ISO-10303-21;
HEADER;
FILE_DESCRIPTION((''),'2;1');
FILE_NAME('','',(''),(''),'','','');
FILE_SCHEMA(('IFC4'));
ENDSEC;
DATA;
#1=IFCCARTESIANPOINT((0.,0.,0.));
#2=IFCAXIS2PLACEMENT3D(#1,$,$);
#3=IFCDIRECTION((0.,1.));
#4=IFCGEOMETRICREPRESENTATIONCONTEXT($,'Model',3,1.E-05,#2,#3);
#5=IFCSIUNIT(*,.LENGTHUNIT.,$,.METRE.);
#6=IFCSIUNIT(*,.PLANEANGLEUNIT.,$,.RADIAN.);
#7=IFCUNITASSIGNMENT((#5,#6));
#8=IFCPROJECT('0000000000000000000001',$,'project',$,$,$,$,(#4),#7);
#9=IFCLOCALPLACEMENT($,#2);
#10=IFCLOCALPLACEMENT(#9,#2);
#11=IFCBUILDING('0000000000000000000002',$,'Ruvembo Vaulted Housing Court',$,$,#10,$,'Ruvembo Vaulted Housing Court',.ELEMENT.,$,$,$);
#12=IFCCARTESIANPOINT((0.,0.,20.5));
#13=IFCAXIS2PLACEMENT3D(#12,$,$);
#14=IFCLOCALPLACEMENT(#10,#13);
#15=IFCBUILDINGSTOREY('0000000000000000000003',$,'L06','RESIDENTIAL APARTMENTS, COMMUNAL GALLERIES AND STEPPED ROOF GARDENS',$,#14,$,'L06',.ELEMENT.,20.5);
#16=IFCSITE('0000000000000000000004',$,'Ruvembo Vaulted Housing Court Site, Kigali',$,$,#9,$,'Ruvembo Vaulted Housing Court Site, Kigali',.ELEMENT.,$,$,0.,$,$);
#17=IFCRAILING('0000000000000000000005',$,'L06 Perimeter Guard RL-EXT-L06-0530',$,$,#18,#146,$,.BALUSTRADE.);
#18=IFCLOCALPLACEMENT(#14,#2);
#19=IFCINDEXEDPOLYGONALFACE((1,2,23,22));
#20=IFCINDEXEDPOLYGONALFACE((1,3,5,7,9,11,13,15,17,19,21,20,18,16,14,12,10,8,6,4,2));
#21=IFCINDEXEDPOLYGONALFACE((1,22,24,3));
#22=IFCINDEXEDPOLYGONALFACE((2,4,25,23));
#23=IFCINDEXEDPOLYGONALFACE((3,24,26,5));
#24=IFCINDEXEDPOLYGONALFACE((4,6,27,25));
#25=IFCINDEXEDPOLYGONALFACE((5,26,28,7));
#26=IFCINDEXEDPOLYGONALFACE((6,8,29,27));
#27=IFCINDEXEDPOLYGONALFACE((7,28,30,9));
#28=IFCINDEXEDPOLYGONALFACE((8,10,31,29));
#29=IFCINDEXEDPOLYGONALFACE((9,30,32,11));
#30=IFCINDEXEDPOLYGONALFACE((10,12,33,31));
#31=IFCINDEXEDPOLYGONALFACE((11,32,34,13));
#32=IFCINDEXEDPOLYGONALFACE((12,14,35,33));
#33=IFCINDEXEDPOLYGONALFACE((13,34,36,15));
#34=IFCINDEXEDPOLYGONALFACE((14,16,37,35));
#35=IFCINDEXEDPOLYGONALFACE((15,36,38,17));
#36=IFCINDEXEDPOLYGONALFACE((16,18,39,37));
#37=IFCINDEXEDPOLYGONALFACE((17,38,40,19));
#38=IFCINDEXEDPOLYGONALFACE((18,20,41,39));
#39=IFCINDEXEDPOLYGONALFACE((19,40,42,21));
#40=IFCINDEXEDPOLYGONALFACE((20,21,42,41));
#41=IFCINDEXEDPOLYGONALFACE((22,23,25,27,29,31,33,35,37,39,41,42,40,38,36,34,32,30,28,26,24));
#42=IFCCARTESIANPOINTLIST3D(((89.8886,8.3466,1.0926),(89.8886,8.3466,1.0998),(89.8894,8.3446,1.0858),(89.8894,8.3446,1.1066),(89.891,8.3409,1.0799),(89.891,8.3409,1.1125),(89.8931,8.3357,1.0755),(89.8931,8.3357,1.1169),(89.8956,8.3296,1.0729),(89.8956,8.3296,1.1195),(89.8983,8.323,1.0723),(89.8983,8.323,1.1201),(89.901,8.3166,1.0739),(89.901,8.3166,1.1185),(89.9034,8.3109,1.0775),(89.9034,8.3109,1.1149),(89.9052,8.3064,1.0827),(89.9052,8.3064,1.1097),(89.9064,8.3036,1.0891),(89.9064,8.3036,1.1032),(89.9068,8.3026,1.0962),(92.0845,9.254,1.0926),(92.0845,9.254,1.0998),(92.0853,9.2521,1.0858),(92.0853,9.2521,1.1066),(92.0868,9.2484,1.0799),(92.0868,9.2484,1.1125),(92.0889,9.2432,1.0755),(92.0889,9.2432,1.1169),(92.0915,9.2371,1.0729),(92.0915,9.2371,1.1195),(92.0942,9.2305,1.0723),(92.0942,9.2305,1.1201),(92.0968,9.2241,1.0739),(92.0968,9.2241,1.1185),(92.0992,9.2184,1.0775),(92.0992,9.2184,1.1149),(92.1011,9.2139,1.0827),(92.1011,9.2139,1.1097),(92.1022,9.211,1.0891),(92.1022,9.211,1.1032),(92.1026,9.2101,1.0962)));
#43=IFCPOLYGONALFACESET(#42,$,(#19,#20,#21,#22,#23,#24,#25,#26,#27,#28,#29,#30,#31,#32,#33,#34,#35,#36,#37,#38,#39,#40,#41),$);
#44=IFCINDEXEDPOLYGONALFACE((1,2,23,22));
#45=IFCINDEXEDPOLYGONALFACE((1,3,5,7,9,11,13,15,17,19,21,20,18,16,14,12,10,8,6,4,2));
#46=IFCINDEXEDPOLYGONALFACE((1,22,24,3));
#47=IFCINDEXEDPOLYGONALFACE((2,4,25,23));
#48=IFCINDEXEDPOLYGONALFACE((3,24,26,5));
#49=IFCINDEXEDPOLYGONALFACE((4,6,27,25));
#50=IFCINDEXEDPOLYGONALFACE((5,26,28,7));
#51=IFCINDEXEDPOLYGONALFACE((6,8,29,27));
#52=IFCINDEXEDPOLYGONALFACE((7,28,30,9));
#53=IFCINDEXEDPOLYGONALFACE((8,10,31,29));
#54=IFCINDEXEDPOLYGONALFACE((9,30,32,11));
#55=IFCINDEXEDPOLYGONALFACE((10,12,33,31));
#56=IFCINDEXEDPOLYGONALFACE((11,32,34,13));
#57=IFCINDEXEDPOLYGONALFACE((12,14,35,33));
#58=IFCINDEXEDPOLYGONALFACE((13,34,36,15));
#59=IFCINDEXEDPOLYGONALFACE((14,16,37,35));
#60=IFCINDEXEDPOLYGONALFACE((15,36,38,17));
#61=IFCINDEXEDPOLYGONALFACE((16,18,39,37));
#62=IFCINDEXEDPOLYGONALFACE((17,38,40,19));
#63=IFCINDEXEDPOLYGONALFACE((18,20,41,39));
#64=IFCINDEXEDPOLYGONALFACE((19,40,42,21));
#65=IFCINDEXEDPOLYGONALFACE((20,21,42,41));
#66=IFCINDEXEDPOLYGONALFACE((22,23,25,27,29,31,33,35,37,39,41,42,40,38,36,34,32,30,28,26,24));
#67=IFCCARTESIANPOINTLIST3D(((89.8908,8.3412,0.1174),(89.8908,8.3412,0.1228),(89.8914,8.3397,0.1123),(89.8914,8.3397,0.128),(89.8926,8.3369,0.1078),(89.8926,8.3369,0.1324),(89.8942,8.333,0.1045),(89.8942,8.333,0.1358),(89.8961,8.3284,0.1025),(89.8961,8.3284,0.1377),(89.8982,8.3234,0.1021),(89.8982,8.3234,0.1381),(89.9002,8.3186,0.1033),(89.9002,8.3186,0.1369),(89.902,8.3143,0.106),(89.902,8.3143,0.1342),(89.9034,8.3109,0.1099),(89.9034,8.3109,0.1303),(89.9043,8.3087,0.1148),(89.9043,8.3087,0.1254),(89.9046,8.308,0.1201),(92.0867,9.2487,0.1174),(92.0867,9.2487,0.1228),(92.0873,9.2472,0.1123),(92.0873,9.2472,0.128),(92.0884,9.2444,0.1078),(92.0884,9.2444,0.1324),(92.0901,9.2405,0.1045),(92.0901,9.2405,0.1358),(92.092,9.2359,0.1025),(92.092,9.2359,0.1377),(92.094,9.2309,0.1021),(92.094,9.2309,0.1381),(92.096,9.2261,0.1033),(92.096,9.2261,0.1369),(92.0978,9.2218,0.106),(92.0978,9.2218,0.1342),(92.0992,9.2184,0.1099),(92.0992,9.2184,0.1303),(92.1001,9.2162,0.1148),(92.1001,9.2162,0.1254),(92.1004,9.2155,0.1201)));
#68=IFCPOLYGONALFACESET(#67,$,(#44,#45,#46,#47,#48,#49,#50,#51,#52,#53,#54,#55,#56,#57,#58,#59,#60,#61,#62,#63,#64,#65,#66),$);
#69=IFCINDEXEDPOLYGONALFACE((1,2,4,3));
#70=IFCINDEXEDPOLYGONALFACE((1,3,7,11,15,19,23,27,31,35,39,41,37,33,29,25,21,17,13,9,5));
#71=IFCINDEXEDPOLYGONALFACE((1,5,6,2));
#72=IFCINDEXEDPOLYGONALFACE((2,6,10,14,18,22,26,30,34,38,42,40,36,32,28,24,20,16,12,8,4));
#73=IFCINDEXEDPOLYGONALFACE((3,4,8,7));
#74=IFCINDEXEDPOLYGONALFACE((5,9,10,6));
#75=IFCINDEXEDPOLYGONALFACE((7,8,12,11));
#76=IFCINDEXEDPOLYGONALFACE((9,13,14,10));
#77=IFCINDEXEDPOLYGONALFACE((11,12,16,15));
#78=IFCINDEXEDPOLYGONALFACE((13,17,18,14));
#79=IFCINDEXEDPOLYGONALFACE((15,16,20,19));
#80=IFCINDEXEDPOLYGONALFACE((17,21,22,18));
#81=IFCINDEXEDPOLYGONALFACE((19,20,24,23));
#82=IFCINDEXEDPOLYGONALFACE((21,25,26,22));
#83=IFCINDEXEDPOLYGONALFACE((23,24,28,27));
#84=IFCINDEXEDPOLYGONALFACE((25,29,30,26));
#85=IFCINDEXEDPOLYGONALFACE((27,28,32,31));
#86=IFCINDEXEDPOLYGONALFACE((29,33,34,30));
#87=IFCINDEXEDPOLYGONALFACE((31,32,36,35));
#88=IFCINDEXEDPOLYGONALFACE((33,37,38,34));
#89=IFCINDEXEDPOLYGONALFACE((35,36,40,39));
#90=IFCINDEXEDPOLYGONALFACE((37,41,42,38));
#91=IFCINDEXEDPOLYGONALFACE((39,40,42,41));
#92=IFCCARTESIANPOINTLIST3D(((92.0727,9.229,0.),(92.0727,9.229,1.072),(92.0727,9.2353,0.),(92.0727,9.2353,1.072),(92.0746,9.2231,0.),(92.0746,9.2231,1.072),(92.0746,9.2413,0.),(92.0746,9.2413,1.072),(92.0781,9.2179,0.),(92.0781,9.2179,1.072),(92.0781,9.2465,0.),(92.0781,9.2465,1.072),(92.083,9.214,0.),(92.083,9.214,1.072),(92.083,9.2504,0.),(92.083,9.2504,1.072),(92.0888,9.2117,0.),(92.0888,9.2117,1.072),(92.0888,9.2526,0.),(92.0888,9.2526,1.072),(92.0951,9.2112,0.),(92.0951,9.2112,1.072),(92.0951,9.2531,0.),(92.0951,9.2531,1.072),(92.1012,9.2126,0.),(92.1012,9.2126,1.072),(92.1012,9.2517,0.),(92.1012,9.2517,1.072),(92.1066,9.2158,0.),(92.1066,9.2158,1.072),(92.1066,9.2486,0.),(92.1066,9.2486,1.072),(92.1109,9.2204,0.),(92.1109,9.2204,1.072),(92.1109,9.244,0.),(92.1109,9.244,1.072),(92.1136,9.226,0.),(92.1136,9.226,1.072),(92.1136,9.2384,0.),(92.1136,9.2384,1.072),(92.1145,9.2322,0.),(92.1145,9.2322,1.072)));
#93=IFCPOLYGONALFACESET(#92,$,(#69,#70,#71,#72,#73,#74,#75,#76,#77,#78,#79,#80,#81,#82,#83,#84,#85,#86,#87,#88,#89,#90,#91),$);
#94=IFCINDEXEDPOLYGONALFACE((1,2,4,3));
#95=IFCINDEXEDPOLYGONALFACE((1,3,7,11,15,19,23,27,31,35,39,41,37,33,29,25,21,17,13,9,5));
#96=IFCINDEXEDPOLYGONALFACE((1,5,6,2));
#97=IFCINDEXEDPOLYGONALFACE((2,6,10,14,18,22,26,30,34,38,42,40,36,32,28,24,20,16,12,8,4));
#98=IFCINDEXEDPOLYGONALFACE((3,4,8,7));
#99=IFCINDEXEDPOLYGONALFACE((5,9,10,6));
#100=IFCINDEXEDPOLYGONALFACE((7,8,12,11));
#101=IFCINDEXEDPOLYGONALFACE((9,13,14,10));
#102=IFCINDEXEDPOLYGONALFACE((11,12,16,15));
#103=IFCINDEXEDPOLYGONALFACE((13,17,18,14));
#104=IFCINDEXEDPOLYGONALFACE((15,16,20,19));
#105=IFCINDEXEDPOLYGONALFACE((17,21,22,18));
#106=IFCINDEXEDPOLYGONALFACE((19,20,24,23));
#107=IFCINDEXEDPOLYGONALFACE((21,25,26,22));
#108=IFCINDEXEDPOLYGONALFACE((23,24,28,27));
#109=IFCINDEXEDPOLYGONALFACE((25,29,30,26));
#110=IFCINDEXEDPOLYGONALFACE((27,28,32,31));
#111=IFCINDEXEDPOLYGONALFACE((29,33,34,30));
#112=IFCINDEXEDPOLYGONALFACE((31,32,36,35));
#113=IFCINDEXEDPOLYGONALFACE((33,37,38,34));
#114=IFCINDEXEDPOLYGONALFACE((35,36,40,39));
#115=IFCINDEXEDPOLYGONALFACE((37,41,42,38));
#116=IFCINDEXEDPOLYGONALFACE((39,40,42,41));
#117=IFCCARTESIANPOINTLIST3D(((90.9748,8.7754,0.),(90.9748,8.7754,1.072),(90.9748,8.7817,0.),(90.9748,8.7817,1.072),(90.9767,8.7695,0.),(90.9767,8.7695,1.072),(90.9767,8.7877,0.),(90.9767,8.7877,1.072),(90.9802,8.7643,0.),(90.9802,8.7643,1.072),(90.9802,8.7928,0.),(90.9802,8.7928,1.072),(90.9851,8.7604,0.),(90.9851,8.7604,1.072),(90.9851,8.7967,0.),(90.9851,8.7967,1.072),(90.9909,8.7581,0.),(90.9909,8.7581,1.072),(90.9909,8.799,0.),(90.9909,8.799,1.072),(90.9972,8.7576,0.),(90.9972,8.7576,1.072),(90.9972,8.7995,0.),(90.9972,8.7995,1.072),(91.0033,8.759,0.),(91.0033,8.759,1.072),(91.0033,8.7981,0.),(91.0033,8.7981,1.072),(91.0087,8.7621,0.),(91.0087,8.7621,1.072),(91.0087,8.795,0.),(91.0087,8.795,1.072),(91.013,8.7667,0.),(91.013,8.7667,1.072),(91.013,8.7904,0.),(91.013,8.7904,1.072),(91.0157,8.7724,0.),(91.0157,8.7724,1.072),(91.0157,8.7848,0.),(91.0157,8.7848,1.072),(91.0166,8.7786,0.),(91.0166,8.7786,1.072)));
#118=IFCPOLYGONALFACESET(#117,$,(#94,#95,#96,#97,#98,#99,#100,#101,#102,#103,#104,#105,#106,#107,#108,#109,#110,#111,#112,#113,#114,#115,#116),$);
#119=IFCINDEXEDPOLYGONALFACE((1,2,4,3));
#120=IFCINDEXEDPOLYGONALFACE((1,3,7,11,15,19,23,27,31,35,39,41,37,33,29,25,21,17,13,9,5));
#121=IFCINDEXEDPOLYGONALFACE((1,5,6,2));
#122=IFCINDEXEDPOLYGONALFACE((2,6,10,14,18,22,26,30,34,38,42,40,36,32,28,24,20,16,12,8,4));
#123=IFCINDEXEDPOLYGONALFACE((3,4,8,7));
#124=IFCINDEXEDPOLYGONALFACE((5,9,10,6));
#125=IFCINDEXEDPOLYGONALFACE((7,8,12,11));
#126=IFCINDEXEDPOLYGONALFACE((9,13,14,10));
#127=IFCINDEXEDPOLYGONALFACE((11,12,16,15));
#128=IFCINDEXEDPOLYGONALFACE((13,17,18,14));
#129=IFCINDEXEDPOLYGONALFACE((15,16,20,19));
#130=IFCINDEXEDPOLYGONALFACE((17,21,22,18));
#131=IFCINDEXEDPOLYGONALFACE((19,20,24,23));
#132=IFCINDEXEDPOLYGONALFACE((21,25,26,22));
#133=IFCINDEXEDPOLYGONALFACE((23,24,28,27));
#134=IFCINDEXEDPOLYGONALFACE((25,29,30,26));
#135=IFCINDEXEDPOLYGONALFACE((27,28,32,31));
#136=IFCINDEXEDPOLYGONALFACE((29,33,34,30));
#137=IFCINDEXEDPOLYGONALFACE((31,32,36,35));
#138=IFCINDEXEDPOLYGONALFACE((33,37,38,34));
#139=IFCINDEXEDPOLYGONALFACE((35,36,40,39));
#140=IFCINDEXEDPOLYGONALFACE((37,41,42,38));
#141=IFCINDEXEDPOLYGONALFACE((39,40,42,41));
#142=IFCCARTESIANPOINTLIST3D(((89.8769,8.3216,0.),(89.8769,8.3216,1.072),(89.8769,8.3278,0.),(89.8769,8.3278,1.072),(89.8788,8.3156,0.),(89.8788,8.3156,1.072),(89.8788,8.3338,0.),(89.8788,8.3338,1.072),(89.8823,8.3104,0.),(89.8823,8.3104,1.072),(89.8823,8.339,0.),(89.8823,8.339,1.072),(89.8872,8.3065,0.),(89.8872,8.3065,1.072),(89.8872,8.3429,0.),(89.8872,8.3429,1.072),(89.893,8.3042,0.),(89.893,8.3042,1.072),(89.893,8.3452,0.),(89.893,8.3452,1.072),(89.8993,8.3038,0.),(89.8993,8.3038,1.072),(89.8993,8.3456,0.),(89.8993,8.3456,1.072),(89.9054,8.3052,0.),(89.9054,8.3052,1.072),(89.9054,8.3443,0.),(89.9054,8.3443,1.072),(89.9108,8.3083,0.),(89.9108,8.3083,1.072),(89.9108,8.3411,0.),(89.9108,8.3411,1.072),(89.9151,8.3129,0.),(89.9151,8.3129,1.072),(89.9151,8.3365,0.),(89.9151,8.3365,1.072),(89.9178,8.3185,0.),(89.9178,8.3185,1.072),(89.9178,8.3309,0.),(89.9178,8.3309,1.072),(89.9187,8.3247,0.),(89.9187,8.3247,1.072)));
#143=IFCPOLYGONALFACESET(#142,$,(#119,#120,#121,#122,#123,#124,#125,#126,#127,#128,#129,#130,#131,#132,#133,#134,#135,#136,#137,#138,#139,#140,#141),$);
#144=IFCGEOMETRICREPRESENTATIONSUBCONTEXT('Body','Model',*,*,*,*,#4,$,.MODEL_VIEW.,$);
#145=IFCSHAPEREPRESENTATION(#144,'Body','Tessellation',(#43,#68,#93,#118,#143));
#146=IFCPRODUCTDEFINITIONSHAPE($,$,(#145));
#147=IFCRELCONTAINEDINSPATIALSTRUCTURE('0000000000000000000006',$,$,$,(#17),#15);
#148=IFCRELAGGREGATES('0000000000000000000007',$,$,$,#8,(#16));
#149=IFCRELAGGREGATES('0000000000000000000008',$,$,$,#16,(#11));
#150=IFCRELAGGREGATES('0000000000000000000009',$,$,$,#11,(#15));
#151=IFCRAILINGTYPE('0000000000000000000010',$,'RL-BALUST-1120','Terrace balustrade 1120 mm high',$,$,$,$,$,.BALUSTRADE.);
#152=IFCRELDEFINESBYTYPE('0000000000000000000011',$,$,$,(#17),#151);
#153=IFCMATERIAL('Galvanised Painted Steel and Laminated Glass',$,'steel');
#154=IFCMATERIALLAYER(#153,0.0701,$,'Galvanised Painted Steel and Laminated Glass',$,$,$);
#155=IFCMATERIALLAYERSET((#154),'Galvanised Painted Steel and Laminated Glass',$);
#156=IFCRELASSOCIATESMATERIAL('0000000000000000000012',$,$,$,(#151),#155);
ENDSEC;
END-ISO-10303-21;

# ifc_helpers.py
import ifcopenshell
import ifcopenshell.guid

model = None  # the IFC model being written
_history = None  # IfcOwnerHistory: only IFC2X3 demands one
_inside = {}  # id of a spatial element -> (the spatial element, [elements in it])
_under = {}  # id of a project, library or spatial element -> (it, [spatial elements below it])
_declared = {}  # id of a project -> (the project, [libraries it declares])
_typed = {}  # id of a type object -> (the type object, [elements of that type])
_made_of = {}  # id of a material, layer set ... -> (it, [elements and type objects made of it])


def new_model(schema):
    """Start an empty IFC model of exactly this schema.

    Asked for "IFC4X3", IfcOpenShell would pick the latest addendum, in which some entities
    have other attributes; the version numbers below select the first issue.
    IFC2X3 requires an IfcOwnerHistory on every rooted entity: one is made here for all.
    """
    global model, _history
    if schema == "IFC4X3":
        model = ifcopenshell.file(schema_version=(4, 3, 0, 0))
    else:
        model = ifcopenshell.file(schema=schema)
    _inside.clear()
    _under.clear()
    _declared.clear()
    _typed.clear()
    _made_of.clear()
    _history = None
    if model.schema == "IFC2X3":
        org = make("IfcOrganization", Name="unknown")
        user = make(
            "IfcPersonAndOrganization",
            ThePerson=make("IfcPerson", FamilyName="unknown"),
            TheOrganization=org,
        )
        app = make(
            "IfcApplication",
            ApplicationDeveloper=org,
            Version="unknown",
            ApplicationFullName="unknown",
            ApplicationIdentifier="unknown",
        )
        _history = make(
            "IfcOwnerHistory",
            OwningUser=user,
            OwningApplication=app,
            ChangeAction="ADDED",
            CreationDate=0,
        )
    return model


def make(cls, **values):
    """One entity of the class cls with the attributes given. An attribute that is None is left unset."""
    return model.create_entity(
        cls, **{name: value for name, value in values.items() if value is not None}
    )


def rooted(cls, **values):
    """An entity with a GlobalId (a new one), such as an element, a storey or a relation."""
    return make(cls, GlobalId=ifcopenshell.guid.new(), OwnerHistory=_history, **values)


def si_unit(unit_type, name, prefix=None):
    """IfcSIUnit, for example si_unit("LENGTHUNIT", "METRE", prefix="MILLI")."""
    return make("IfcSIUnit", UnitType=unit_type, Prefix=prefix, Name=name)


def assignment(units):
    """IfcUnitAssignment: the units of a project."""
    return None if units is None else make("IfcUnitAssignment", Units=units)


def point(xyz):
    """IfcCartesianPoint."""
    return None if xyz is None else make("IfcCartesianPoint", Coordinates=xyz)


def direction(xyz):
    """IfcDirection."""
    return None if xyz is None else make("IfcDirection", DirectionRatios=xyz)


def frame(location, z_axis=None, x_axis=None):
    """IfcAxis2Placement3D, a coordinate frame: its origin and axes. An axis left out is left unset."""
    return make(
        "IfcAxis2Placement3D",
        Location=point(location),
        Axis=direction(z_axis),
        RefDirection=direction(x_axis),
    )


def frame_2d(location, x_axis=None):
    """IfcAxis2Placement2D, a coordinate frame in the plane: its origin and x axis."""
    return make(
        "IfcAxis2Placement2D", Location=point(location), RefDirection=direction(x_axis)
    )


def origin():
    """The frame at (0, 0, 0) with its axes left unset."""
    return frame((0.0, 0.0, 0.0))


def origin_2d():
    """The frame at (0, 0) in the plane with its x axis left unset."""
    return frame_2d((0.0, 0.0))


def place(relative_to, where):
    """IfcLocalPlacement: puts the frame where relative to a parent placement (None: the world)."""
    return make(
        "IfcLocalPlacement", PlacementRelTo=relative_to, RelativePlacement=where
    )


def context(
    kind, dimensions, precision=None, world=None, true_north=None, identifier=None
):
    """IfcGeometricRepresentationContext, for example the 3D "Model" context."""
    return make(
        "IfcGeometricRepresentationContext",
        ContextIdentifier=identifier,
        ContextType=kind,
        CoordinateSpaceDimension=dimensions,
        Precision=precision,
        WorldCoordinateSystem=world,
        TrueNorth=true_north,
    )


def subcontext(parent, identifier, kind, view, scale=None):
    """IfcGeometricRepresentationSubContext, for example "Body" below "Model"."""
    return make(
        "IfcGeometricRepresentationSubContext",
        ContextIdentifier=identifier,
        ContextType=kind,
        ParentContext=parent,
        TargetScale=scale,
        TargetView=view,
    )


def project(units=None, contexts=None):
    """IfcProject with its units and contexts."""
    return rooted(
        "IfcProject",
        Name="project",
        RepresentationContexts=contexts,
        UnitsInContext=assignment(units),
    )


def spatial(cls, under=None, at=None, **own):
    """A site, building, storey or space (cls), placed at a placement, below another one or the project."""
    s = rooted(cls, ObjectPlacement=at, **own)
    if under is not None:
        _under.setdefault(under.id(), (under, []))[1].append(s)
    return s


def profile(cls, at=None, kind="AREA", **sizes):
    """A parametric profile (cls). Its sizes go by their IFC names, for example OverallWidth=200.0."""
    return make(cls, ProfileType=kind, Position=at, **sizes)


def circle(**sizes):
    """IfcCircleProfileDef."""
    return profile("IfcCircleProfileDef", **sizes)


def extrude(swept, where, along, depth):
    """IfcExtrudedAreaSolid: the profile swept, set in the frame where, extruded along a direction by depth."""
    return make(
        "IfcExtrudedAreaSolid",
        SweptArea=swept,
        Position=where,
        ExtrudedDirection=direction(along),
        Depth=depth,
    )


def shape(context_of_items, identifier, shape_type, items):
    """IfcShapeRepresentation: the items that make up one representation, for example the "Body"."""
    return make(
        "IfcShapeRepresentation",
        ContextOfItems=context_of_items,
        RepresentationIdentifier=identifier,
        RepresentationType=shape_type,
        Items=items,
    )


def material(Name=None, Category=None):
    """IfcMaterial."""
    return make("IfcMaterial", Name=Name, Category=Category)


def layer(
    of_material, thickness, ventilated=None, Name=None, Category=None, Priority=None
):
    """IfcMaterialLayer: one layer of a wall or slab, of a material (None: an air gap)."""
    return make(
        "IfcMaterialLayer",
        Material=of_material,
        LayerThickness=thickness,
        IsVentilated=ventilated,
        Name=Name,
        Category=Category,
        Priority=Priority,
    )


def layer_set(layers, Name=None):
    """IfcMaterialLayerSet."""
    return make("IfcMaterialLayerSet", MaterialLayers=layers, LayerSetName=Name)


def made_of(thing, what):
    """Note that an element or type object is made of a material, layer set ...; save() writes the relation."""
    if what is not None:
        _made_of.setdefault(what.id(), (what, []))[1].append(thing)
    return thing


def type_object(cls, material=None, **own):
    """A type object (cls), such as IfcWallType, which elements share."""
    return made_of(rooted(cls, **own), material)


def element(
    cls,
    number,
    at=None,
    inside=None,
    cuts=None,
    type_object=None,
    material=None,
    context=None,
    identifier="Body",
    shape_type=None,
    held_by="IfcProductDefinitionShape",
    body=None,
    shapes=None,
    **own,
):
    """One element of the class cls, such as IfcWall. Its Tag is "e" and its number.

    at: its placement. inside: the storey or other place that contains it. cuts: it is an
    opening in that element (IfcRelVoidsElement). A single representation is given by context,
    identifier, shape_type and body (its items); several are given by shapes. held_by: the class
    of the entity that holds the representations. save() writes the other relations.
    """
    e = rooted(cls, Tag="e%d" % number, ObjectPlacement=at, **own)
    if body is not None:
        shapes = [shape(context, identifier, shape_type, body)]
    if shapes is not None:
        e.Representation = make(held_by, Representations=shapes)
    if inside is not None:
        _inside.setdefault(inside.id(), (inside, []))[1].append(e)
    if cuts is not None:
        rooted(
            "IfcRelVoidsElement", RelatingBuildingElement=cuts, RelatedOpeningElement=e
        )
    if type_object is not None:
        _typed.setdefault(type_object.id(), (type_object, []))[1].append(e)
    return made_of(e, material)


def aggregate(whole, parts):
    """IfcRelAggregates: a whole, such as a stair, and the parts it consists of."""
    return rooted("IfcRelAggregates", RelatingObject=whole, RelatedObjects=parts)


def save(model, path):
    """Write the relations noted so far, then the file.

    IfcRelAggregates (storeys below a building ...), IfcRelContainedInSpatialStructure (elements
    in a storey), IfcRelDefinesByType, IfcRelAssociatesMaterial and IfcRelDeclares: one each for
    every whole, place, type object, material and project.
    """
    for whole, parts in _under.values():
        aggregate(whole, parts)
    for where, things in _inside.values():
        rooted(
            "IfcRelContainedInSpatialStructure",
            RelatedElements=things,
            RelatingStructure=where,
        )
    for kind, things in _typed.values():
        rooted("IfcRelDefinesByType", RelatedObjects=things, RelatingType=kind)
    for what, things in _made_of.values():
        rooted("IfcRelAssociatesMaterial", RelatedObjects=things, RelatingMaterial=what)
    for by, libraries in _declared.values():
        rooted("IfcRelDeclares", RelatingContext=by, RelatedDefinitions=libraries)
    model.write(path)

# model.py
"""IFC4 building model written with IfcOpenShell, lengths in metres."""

from ifc_helpers import new_model, si_unit, direction, frame, origin, origin_2d, place, context, subcontext, project, spatial, circle, extrude, material, layer, layer_set, type_object, element, save


model = new_model("IFC4")

# Units and contexts
model_context = context("Model", 3, precision=1e-05, world=origin(), true_north=direction((0.0, 1.0)))
body_context = subcontext(model_context, "Body", "Model", "MODEL_VIEW")
ifc_project = project(units=[si_unit("LENGTHUNIT", "METRE"), si_unit("PLANEANGLEUNIT", "RADIAN")], contexts=[model_context])

# Site, building, storey
site_placement = place(None, origin())
site = spatial("IfcSite", under=ifc_project, at=site_placement, Name="Ruvembo Vaulted Housing Court Site, Kigali", LongName="Ruvembo Vaulted Housing Court Site, Kigali", CompositionType="ELEMENT", RefElevation=0.0)
building_placement = place(site_placement, origin())
building = spatial("IfcBuilding", under=site, at=building_placement, Name="Ruvembo Vaulted Housing Court", LongName="Ruvembo Vaulted Housing Court", CompositionType="ELEMENT")
storey_placement = place(building_placement, frame((0.0, 0.0, 20.5)))
storey = spatial("IfcBuildingStorey", under=building, at=storey_placement, Name="L06", Description="RESIDENTIAL APARTMENTS, COMMUNAL GALLERIES AND STEPPED ROOF GARDENS", LongName="L06", CompositionType="ELEMENT", Elevation=20.5)

# Railing
ifc_material_1 = material(Name="Galvanised Painted Steel and Laminated Glass", Category="steel")
ifc_layer_1 = layer(ifc_material_1, 0.0701, Name="Galvanised Painted Steel and Laminated Glass")
ifc_layer_set_1 = layer_set([ifc_layer_1], Name="Galvanised Painted Steel and Laminated Glass")
railing_type = type_object("IfcRailingType", Name="RL-BALUST-1120", Description="Terrace balustrade 1120 mm high", PredefinedType="BALUSTRADE", material=ifc_layer_set_1)
railing_1_placement = place(storey_placement, frame((92.0935, 9.2322, 0.0)))
element("IfcRailing", 1, at=railing_1_placement, inside=storey, type_object=railing_type, Name="L06 Perimeter Guard RL-EXT-L06-0530", PredefinedType="BALUSTRADE", context=body_context, shape_type="SweptSolid", body=[
    extrude(circle(Radius=0.0239, at=origin_2d()), frame((0.0, 0.0, 1.0962), z_axis=(-0.924186, -0.381943, 0.0), x_axis=(0.381943, -0.924186, 0.0)), (0.0, 0.0, 1.0), 2.376),
    extrude(circle(Radius=0.0181, at=origin_2d()), frame((0.0, 0.0, 0.1201), z_axis=(-0.924186, -0.381943, 0.0), x_axis=(0.381943, -0.924186, 0.0)), (0.0, 0.0, 1.0), 2.376),
    extrude(circle(Radius=0.021, at=origin_2d()), origin(), (0.0, 0.0, 1.0), 1.072),
    extrude(circle(Radius=0.021, at=origin_2d()), frame((-1.0979, -0.4536, 0.0)), (0.0, 0.0, 1.0), 1.072),
    extrude(circle(Radius=0.021, at=origin_2d()), frame((-2.1958, -0.9075, 0.0)), (0.0, 0.0, 1.0), 1.072),
])

save(model, "model.ifc")
